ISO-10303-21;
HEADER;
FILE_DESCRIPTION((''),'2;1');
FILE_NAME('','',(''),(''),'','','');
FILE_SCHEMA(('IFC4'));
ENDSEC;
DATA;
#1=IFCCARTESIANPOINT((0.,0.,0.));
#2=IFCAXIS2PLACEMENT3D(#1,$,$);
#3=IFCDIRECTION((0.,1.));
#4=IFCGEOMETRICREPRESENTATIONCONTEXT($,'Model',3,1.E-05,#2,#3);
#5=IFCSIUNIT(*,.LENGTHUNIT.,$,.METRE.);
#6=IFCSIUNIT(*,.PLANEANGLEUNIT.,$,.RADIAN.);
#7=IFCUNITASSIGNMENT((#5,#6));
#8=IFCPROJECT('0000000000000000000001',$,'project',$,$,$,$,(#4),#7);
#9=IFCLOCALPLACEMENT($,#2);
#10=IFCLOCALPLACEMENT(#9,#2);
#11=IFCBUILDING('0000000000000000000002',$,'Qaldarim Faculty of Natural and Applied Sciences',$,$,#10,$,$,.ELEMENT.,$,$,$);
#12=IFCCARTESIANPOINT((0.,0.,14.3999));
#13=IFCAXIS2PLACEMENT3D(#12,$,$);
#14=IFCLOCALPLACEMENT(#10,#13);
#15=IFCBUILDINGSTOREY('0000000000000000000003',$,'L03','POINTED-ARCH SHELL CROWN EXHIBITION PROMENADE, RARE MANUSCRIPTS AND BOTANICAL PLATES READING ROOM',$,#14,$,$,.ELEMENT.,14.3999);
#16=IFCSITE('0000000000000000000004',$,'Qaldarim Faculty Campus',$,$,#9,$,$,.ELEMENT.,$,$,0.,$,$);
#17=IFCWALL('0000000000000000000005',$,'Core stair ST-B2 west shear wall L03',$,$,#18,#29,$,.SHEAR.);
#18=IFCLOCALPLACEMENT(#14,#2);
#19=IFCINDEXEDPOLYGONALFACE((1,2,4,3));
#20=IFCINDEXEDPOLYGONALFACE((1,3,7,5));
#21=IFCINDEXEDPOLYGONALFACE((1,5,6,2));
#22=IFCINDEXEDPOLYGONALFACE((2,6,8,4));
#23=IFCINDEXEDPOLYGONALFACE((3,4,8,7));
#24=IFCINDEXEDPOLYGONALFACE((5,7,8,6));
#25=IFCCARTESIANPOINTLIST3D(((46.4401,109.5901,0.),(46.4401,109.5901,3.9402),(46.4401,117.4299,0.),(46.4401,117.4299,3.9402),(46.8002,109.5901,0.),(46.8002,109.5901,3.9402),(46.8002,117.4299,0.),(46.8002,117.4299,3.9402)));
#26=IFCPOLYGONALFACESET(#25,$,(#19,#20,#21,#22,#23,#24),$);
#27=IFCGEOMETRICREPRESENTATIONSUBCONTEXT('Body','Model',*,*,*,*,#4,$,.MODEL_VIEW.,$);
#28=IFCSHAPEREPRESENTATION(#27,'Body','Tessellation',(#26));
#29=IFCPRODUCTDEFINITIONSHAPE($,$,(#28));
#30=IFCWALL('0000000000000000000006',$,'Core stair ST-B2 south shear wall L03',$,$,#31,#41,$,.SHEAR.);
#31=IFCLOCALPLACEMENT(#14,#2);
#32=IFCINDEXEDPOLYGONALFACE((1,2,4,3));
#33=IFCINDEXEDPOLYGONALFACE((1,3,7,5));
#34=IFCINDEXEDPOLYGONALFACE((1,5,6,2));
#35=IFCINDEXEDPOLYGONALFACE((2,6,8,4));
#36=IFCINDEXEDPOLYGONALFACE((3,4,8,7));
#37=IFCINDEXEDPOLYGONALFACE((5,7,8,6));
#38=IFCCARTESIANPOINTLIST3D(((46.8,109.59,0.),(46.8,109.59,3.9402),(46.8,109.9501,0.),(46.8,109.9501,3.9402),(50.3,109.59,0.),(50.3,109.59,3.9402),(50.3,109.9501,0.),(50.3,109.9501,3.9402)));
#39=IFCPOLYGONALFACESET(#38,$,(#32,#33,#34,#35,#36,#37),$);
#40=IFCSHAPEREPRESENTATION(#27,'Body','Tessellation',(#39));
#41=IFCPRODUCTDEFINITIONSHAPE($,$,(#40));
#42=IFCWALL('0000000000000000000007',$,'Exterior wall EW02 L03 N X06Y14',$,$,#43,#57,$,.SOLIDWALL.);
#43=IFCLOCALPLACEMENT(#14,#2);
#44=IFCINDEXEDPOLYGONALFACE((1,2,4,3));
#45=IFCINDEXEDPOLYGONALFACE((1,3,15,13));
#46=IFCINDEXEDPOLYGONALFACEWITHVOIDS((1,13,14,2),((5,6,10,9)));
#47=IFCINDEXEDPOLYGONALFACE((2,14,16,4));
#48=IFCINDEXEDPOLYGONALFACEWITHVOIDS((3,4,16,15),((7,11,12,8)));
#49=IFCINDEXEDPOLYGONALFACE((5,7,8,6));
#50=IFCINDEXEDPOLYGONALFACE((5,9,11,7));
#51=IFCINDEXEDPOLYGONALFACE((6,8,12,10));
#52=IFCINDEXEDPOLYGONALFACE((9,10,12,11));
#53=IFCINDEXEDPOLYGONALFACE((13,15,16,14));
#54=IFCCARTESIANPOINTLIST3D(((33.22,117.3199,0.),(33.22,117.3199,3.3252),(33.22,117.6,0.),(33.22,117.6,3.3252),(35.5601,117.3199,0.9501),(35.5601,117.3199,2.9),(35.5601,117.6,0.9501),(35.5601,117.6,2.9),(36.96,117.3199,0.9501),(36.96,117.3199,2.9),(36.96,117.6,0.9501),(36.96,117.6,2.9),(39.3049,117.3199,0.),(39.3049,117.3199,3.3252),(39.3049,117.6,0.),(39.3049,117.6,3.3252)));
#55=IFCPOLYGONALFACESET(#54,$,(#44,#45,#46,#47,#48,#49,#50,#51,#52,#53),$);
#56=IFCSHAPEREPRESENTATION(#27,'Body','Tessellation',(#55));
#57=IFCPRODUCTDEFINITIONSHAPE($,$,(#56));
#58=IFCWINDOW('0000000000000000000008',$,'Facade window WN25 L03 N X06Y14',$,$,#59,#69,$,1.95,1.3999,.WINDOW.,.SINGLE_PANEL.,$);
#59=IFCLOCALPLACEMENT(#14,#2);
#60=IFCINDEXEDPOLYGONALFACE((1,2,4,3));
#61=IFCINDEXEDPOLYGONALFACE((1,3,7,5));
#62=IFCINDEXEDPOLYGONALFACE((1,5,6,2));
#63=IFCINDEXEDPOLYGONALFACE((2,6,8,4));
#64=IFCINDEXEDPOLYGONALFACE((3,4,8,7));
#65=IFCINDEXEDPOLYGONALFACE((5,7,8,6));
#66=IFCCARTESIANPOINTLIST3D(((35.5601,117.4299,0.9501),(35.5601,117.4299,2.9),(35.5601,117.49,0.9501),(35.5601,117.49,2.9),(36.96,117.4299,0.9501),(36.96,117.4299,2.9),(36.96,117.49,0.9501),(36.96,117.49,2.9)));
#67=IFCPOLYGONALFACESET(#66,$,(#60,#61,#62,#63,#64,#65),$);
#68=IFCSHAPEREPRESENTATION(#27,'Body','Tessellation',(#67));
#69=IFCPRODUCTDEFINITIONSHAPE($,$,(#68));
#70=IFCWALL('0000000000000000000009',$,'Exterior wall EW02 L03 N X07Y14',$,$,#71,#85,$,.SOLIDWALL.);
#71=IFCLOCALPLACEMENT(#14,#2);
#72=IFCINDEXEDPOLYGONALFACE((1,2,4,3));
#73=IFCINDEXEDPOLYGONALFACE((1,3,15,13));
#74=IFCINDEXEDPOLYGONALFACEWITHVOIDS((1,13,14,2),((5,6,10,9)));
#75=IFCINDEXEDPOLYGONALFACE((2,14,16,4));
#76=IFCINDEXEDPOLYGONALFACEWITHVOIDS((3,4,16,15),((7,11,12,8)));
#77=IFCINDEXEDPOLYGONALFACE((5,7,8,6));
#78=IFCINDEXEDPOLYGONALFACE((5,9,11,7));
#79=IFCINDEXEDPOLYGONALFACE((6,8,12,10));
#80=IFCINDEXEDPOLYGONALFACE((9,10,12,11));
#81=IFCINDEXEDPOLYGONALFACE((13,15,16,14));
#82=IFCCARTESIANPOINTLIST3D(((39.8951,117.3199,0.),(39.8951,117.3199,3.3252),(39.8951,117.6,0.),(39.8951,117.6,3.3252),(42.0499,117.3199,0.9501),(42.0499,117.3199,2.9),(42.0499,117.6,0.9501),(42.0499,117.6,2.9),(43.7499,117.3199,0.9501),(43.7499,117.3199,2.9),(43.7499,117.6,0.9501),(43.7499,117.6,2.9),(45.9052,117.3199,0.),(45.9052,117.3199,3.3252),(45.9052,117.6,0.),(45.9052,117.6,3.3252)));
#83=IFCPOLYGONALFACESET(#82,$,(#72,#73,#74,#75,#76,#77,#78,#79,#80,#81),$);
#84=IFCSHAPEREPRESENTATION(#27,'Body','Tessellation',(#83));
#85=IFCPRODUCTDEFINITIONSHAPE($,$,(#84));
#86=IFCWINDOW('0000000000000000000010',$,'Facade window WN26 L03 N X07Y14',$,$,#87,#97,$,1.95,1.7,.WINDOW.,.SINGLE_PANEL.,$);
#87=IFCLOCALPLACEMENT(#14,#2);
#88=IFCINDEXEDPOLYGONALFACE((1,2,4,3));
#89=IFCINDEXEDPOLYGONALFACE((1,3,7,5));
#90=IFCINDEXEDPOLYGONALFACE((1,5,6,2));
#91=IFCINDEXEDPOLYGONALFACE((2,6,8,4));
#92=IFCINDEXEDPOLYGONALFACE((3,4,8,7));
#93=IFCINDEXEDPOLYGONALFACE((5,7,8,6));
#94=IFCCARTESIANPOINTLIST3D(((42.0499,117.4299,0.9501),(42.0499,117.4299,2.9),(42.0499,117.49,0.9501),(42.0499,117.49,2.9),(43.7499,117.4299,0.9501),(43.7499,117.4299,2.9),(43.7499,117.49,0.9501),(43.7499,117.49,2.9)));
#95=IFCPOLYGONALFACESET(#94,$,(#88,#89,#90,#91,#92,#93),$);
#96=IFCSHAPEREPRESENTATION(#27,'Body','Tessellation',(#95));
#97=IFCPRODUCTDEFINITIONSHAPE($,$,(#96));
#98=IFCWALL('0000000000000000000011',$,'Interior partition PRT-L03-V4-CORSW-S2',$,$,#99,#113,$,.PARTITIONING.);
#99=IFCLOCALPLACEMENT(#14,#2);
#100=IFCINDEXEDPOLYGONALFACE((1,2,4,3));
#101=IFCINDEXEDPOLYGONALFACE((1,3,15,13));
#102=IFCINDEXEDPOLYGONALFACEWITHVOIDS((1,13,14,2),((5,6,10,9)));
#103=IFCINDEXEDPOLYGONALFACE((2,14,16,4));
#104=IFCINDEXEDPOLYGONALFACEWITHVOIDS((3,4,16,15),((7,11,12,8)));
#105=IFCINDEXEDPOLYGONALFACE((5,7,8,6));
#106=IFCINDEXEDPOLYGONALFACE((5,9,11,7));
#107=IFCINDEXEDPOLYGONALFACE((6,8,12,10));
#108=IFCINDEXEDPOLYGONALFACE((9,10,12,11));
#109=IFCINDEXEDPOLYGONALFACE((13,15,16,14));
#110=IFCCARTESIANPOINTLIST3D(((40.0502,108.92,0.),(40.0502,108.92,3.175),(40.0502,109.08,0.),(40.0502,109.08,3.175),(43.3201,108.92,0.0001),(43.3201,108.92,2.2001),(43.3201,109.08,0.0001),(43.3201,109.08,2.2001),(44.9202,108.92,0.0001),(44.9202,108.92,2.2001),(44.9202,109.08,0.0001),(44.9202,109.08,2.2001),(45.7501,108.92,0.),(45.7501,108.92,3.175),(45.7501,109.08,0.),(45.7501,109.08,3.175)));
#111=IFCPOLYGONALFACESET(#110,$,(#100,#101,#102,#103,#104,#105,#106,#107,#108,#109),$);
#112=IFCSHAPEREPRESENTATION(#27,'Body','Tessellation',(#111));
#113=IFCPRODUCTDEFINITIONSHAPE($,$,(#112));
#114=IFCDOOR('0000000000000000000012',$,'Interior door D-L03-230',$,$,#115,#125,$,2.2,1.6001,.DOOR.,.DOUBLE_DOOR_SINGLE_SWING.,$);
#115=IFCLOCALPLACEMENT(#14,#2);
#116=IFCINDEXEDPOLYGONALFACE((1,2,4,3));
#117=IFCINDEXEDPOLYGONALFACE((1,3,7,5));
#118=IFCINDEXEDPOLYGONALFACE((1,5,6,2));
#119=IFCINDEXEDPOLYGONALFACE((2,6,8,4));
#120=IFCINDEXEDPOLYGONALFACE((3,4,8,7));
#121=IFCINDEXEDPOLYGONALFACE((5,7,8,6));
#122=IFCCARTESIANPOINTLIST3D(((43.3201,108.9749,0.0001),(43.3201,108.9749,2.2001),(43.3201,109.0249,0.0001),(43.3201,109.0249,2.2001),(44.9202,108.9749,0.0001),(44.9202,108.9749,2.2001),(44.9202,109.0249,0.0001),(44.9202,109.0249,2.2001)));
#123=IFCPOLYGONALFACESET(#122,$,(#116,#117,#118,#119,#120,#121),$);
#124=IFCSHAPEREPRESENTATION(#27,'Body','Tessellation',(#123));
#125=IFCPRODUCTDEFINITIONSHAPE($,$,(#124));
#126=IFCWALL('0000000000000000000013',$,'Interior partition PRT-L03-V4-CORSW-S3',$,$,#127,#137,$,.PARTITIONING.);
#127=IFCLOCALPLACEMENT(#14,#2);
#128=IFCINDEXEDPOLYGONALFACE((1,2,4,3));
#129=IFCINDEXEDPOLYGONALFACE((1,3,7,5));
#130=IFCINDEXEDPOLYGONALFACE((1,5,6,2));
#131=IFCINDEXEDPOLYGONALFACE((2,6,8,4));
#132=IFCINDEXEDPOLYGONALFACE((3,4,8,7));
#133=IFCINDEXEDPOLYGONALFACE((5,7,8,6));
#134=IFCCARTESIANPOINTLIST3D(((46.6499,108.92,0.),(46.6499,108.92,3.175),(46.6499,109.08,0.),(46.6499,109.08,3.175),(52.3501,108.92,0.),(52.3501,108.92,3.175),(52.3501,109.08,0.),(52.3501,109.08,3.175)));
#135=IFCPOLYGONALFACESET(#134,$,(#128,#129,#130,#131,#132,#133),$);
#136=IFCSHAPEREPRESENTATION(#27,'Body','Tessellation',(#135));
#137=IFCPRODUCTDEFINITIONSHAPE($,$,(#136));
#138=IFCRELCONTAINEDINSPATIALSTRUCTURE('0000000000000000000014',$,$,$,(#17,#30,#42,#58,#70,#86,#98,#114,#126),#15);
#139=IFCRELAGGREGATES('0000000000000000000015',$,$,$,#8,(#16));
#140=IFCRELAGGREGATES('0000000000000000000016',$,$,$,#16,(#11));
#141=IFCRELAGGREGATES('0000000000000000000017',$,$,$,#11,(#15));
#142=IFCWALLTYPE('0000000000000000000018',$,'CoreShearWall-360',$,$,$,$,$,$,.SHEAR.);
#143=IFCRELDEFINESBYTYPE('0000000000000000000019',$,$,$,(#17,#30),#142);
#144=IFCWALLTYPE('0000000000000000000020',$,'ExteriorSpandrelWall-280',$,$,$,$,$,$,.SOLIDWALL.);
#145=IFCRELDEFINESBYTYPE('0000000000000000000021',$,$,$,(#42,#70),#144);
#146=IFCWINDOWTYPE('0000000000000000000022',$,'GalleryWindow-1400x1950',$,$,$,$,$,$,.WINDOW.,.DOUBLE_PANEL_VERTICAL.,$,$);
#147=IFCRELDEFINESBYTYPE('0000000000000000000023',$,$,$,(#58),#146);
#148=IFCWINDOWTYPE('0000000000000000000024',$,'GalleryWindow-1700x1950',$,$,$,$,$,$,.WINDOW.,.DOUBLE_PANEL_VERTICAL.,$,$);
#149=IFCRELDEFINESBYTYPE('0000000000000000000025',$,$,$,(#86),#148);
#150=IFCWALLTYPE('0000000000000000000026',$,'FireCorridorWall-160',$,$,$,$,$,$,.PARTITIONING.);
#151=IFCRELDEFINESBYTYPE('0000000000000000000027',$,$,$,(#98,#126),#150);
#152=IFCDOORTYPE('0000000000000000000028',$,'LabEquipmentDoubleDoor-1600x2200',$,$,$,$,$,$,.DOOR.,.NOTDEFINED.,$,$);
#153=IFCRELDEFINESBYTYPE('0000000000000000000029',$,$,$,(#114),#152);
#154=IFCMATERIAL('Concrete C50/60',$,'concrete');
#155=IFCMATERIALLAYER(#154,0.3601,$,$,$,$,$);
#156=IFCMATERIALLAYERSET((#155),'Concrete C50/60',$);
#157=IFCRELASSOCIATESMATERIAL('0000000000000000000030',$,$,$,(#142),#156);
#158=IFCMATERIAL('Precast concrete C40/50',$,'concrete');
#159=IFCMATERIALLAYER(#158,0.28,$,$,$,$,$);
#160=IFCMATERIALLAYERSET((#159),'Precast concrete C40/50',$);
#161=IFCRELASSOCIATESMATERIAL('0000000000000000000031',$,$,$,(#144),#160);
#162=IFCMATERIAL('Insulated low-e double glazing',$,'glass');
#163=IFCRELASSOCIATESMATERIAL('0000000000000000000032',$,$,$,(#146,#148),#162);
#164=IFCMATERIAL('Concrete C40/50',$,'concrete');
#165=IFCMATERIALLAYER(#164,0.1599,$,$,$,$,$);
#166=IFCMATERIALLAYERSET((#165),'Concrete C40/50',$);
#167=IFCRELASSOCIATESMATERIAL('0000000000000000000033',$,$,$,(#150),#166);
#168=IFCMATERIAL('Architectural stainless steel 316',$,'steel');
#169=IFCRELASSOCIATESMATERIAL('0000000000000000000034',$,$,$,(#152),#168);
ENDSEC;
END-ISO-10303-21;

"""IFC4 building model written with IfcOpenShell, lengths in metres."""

from ifc_helpers import new_model, si_unit, direction, frame, frame_2d, origin, place, context, subcontext, project, spatial, rectangle, extrude, material, layer, layer_set, type_object, element, fill, save


model = new_model("IFC4")

# Units and contexts
model_context = context("Model", 3, precision=1e-05, world=origin(), true_north=direction((0.0, 1.0)))
body_context = subcontext(model_context, "Body", "Model", "MODEL_VIEW")
ifc_project = project(units=[si_unit("LENGTHUNIT", "METRE"), si_unit("PLANEANGLEUNIT", "RADIAN")], contexts=[model_context])

# Site, building, storey
site_placement = place(None, origin())
site = spatial("IfcSite", under=ifc_project, at=site_placement, Name="Qaldarim Faculty Campus", CompositionType="ELEMENT", RefElevation=0.0)
building_placement = place(site_placement, origin())
building = spatial("IfcBuilding", under=site, at=building_placement, Name="Qaldarim Faculty of Natural and Applied Sciences", CompositionType="ELEMENT")
storey_placement = place(building_placement, frame((0.0, 0.0, 14.3999)))
storey = spatial("IfcBuildingStorey", under=building, at=storey_placement, Name="L03", Description="POINTED-ARCH SHELL CROWN EXHIBITION PROMENADE, RARE MANUSCRIPTS AND BOTANICAL PLATES READING ROOM", CompositionType="ELEMENT", Elevation=14.3999)

# Shared definitions
ifc_material_1 = material(Name="Concrete C50/60", Category="concrete")

# Shared definitions
ifc_material_2 = material(Name="Concrete C40/50", Category="concrete")
ifc_material_3 = material(Name="Precast concrete C40/50", Category="concrete")

# Walls
ifc_layer_1 = layer(ifc_material_1, 0.3601)
ifc_layer_set_1 = layer_set([ifc_layer_1], Name="Concrete C50/60")
wall_type_1 = type_object("IfcWallType", Name="CoreShearWall-360", PredefinedType="SHEAR", material=ifc_layer_set_1)
wall_1_placement = place(storey_placement, frame((46.6201, 109.5901, 0.0), z_axis=(0.0, 0.0, 1.0), x_axis=(0.0, 1.0, 0.0)))
element("IfcWall", 1, at=wall_1_placement, inside=storey, type_object=wall_type_1, Name="Core stair ST-B2 west shear wall L03", PredefinedType="SHEAR", context=body_context, shape_type="SweptSolid", body=[
    extrude(rectangle(XDim=7.8398, YDim=0.3601, at=frame_2d((3.9199, 0.0))), origin(), (0.0, 0.0, 1.0), 3.9402),
])
wall_2_placement = place(storey_placement, frame((46.8, 109.77, 0.0), z_axis=(0.0, 0.0, 1.0), x_axis=(1.0, 0.0, 0.0)))
element("IfcWall", 2, at=wall_2_placement, inside=storey, type_object=wall_type_1, Name="Core stair ST-B2 south shear wall L03", PredefinedType="SHEAR", context=body_context, shape_type="SweptSolid", body=[
    extrude(rectangle(XDim=3.5, YDim=0.3601, at=frame_2d((1.75, 0.0))), origin(), (0.0, 0.0, 1.0), 3.9402),
])

# Walls, openings, windows
ifc_layer_2 = layer(ifc_material_3, 0.28)
ifc_layer_set_2 = layer_set([ifc_layer_2], Name="Precast concrete C40/50")
wall_type_2 = type_object("IfcWallType", Name="ExteriorSpandrelWall-280", PredefinedType="SOLIDWALL", material=ifc_layer_set_2)
wall_3_placement = place(storey_placement, frame((39.3049, 117.46, 0.0), z_axis=(0.0, 0.0, 1.0), x_axis=(-1.0, 0.0, 0.0)))
wall_3 = element("IfcWall", 3, at=wall_3_placement, inside=storey, type_object=wall_type_2, Name="Exterior wall EW02 L03 N X06Y14", PredefinedType="SOLIDWALL", context=body_context, shape_type="SweptSolid", body=[
    extrude(rectangle(XDim=6.085, YDim=0.28, at=frame_2d((3.0425, 0.0))), origin(), (0.0, 0.0, 1.0), 3.3252),
])
opening_1_placement = place(wall_3_placement, frame((2.345, 0.0, 0.95)))
opening_1 = element("IfcOpeningElement", 4, at=opening_1_placement, cuts=wall_3, PredefinedType="OPENING", context=body_context, shape_type="SweptSolid", body=[
    extrude(rectangle(XDim=1.3999, YDim=1.95, at=frame_2d((0.7, 0.9751))), frame((0.0, 0.1499, 0.0), z_axis=(0.0, -1.0, 0.0), x_axis=(1.0, 0.0, 0.0)), (0.0, 0.0, 1.0), 0.3),
])
ifc_material_4 = material(Name="Insulated low-e double glazing", Category="glass")
window_type_1 = type_object("IfcWindowType", Name="GalleryWindow-1400x1950", PartitioningType="DOUBLE_PANEL_VERTICAL", PredefinedType="WINDOW", material=ifc_material_4)
window_1_placement = place(opening_1_placement, origin())
window_1 = element("IfcWindow", 5, at=window_1_placement, inside=storey, type_object=window_type_1, Name="Facade window WN25 L03 N X06Y14", OverallHeight=1.95, OverallWidth=1.3999, PartitioningType="SINGLE_PANEL", PredefinedType="WINDOW", context=body_context, shape_type="SweptSolid", body=[
    extrude(rectangle(XDim=1.3999, YDim=1.95, at=frame_2d((0.7, 0.9751))), frame((0.0, 0.03, 0.0), z_axis=(0.0, -1.0, 0.0), x_axis=(1.0, 0.0, 0.0)), (0.0, 0.0, 1.0), 0.0601),
])
fill(opening_1, window_1)
wall_4_placement = place(storey_placement, frame((45.905, 117.46, 0.0), z_axis=(0.0, 0.0, 1.0), x_axis=(-1.0, 0.0, 0.0)))
wall_4 = element("IfcWall", 6, at=wall_4_placement, inside=storey, type_object=wall_type_2, Name="Exterior wall EW02 L03 N X07Y14", PredefinedType="SOLIDWALL", context=body_context, shape_type="SweptSolid", body=[
    extrude(rectangle(XDim=6.01, YDim=0.28, at=frame_2d((3.0049, 0.0))), origin(), (0.0, 0.0, 1.0), 3.3252),
])
opening_2_placement = place(wall_4_placement, frame((2.155, 0.0, 0.95)))
opening_2 = element("IfcOpeningElement", 7, at=opening_2_placement, cuts=wall_4, PredefinedType="OPENING", context=body_context, shape_type="SweptSolid", body=[
    extrude(rectangle(XDim=1.7, YDim=1.95, at=frame_2d((0.8501, 0.9751))), frame((0.0, 0.1499, 0.0), z_axis=(0.0, -1.0, 0.0), x_axis=(1.0, 0.0, 0.0)), (0.0, 0.0, 1.0), 0.3),
])
window_type_2 = type_object("IfcWindowType", Name="GalleryWindow-1700x1950", PartitioningType="DOUBLE_PANEL_VERTICAL", PredefinedType="WINDOW", material=ifc_material_4)
window_2_placement = place(opening_2_placement, origin())
window_2 = element("IfcWindow", 8, at=window_2_placement, inside=storey, type_object=window_type_2, Name="Facade window WN26 L03 N X07Y14", OverallHeight=1.95, OverallWidth=1.7, PartitioningType="SINGLE_PANEL", PredefinedType="WINDOW", context=body_context, shape_type="SweptSolid", body=[
    extrude(rectangle(XDim=1.7, YDim=1.95, at=frame_2d((0.8501, 0.9751))), frame((0.0, 0.03, 0.0), z_axis=(0.0, -1.0, 0.0), x_axis=(1.0, 0.0, 0.0)), (0.0, 0.0, 1.0), 0.0601),
])
fill(opening_2, window_2)

# Wall, opening, door
ifc_layer_3 = layer(ifc_material_2, 0.1599)
ifc_layer_set_3 = layer_set([ifc_layer_3], Name="Concrete C40/50")
wall_type_3 = type_object("IfcWallType", Name="FireCorridorWall-160", PredefinedType="PARTITIONING", material=ifc_layer_set_3)
wall_5_placement = place(storey_placement, frame((40.05, 109.0, 0.0), z_axis=(0.0, 0.0, 1.0), x_axis=(1.0, 0.0, 0.0)))
wall_5 = element("IfcWall", 9, at=wall_5_placement, inside=storey, type_object=wall_type_3, Name="Interior partition PRT-L03-V4-CORSW-S2", PredefinedType="PARTITIONING", context=body_context, shape_type="SweptSolid", body=[
    extrude(rectangle(XDim=5.7, YDim=0.1599, at=frame_2d((2.8501, 0.0))), origin(), (0.0, 0.0, 1.0), 3.175),
])
opening_3_placement = place(wall_5_placement, frame((3.27, 0.0, 0.0)))
opening_3 = element("IfcOpeningElement", 10, at=opening_3_placement, cuts=wall_5, PredefinedType="OPENING", context=body_context, shape_type="SweptSolid", body=[
    extrude(rectangle(XDim=1.6001, YDim=2.2, at=frame_2d((0.8, 1.1001))), frame((0.0, 0.0898, 0.0), z_axis=(0.0, -1.0, 0.0), x_axis=(1.0, 0.0, 0.0)), (0.0, 0.0, 1.0), 0.1799),
])
ifc_material_5 = material(Name="Architectural stainless steel 316", Category="steel")
door_type = type_object("IfcDoorType", Name="LabEquipmentDoubleDoor-1600x2200", OperationType="NOTDEFINED", PredefinedType="DOOR", material=ifc_material_5)
door_placement = place(opening_3_placement, origin())
door = element("IfcDoor", 11, at=door_placement, inside=storey, type_object=door_type, Name="Interior door D-L03-230", OperationType="DOUBLE_DOOR_SINGLE_SWING", OverallHeight=2.2, OverallWidth=1.6001, PredefinedType="DOOR", context=body_context, shape_type="SweptSolid", body=[
    extrude(rectangle(XDim=1.6001, YDim=2.2, at=frame_2d((0.8, 1.1001))), frame((0.0, 0.0249, 0.0), z_axis=(0.0, -1.0, 0.0), x_axis=(1.0, 0.0, 0.0)), (0.0, 0.0, 1.0), 0.05),
])
fill(opening_3, door)

# Wall
wall_6_placement = place(storey_placement, frame((46.6499, 109.0, 0.0), z_axis=(0.0, 0.0, 1.0), x_axis=(1.0, 0.0, 0.0)))
element("IfcWall", 12, at=wall_6_placement, inside=storey, type_object=wall_type_3, Name="Interior partition PRT-L03-V4-CORSW-S3", PredefinedType="PARTITIONING", context=body_context, shape_type="SweptSolid", body=[
    extrude(rectangle(XDim=5.7002, YDim=0.1599, at=frame_2d((2.8501, 0.0))), origin(), (0.0, 0.0, 1.0), 3.175),
])

save(model, "model.ifc")
